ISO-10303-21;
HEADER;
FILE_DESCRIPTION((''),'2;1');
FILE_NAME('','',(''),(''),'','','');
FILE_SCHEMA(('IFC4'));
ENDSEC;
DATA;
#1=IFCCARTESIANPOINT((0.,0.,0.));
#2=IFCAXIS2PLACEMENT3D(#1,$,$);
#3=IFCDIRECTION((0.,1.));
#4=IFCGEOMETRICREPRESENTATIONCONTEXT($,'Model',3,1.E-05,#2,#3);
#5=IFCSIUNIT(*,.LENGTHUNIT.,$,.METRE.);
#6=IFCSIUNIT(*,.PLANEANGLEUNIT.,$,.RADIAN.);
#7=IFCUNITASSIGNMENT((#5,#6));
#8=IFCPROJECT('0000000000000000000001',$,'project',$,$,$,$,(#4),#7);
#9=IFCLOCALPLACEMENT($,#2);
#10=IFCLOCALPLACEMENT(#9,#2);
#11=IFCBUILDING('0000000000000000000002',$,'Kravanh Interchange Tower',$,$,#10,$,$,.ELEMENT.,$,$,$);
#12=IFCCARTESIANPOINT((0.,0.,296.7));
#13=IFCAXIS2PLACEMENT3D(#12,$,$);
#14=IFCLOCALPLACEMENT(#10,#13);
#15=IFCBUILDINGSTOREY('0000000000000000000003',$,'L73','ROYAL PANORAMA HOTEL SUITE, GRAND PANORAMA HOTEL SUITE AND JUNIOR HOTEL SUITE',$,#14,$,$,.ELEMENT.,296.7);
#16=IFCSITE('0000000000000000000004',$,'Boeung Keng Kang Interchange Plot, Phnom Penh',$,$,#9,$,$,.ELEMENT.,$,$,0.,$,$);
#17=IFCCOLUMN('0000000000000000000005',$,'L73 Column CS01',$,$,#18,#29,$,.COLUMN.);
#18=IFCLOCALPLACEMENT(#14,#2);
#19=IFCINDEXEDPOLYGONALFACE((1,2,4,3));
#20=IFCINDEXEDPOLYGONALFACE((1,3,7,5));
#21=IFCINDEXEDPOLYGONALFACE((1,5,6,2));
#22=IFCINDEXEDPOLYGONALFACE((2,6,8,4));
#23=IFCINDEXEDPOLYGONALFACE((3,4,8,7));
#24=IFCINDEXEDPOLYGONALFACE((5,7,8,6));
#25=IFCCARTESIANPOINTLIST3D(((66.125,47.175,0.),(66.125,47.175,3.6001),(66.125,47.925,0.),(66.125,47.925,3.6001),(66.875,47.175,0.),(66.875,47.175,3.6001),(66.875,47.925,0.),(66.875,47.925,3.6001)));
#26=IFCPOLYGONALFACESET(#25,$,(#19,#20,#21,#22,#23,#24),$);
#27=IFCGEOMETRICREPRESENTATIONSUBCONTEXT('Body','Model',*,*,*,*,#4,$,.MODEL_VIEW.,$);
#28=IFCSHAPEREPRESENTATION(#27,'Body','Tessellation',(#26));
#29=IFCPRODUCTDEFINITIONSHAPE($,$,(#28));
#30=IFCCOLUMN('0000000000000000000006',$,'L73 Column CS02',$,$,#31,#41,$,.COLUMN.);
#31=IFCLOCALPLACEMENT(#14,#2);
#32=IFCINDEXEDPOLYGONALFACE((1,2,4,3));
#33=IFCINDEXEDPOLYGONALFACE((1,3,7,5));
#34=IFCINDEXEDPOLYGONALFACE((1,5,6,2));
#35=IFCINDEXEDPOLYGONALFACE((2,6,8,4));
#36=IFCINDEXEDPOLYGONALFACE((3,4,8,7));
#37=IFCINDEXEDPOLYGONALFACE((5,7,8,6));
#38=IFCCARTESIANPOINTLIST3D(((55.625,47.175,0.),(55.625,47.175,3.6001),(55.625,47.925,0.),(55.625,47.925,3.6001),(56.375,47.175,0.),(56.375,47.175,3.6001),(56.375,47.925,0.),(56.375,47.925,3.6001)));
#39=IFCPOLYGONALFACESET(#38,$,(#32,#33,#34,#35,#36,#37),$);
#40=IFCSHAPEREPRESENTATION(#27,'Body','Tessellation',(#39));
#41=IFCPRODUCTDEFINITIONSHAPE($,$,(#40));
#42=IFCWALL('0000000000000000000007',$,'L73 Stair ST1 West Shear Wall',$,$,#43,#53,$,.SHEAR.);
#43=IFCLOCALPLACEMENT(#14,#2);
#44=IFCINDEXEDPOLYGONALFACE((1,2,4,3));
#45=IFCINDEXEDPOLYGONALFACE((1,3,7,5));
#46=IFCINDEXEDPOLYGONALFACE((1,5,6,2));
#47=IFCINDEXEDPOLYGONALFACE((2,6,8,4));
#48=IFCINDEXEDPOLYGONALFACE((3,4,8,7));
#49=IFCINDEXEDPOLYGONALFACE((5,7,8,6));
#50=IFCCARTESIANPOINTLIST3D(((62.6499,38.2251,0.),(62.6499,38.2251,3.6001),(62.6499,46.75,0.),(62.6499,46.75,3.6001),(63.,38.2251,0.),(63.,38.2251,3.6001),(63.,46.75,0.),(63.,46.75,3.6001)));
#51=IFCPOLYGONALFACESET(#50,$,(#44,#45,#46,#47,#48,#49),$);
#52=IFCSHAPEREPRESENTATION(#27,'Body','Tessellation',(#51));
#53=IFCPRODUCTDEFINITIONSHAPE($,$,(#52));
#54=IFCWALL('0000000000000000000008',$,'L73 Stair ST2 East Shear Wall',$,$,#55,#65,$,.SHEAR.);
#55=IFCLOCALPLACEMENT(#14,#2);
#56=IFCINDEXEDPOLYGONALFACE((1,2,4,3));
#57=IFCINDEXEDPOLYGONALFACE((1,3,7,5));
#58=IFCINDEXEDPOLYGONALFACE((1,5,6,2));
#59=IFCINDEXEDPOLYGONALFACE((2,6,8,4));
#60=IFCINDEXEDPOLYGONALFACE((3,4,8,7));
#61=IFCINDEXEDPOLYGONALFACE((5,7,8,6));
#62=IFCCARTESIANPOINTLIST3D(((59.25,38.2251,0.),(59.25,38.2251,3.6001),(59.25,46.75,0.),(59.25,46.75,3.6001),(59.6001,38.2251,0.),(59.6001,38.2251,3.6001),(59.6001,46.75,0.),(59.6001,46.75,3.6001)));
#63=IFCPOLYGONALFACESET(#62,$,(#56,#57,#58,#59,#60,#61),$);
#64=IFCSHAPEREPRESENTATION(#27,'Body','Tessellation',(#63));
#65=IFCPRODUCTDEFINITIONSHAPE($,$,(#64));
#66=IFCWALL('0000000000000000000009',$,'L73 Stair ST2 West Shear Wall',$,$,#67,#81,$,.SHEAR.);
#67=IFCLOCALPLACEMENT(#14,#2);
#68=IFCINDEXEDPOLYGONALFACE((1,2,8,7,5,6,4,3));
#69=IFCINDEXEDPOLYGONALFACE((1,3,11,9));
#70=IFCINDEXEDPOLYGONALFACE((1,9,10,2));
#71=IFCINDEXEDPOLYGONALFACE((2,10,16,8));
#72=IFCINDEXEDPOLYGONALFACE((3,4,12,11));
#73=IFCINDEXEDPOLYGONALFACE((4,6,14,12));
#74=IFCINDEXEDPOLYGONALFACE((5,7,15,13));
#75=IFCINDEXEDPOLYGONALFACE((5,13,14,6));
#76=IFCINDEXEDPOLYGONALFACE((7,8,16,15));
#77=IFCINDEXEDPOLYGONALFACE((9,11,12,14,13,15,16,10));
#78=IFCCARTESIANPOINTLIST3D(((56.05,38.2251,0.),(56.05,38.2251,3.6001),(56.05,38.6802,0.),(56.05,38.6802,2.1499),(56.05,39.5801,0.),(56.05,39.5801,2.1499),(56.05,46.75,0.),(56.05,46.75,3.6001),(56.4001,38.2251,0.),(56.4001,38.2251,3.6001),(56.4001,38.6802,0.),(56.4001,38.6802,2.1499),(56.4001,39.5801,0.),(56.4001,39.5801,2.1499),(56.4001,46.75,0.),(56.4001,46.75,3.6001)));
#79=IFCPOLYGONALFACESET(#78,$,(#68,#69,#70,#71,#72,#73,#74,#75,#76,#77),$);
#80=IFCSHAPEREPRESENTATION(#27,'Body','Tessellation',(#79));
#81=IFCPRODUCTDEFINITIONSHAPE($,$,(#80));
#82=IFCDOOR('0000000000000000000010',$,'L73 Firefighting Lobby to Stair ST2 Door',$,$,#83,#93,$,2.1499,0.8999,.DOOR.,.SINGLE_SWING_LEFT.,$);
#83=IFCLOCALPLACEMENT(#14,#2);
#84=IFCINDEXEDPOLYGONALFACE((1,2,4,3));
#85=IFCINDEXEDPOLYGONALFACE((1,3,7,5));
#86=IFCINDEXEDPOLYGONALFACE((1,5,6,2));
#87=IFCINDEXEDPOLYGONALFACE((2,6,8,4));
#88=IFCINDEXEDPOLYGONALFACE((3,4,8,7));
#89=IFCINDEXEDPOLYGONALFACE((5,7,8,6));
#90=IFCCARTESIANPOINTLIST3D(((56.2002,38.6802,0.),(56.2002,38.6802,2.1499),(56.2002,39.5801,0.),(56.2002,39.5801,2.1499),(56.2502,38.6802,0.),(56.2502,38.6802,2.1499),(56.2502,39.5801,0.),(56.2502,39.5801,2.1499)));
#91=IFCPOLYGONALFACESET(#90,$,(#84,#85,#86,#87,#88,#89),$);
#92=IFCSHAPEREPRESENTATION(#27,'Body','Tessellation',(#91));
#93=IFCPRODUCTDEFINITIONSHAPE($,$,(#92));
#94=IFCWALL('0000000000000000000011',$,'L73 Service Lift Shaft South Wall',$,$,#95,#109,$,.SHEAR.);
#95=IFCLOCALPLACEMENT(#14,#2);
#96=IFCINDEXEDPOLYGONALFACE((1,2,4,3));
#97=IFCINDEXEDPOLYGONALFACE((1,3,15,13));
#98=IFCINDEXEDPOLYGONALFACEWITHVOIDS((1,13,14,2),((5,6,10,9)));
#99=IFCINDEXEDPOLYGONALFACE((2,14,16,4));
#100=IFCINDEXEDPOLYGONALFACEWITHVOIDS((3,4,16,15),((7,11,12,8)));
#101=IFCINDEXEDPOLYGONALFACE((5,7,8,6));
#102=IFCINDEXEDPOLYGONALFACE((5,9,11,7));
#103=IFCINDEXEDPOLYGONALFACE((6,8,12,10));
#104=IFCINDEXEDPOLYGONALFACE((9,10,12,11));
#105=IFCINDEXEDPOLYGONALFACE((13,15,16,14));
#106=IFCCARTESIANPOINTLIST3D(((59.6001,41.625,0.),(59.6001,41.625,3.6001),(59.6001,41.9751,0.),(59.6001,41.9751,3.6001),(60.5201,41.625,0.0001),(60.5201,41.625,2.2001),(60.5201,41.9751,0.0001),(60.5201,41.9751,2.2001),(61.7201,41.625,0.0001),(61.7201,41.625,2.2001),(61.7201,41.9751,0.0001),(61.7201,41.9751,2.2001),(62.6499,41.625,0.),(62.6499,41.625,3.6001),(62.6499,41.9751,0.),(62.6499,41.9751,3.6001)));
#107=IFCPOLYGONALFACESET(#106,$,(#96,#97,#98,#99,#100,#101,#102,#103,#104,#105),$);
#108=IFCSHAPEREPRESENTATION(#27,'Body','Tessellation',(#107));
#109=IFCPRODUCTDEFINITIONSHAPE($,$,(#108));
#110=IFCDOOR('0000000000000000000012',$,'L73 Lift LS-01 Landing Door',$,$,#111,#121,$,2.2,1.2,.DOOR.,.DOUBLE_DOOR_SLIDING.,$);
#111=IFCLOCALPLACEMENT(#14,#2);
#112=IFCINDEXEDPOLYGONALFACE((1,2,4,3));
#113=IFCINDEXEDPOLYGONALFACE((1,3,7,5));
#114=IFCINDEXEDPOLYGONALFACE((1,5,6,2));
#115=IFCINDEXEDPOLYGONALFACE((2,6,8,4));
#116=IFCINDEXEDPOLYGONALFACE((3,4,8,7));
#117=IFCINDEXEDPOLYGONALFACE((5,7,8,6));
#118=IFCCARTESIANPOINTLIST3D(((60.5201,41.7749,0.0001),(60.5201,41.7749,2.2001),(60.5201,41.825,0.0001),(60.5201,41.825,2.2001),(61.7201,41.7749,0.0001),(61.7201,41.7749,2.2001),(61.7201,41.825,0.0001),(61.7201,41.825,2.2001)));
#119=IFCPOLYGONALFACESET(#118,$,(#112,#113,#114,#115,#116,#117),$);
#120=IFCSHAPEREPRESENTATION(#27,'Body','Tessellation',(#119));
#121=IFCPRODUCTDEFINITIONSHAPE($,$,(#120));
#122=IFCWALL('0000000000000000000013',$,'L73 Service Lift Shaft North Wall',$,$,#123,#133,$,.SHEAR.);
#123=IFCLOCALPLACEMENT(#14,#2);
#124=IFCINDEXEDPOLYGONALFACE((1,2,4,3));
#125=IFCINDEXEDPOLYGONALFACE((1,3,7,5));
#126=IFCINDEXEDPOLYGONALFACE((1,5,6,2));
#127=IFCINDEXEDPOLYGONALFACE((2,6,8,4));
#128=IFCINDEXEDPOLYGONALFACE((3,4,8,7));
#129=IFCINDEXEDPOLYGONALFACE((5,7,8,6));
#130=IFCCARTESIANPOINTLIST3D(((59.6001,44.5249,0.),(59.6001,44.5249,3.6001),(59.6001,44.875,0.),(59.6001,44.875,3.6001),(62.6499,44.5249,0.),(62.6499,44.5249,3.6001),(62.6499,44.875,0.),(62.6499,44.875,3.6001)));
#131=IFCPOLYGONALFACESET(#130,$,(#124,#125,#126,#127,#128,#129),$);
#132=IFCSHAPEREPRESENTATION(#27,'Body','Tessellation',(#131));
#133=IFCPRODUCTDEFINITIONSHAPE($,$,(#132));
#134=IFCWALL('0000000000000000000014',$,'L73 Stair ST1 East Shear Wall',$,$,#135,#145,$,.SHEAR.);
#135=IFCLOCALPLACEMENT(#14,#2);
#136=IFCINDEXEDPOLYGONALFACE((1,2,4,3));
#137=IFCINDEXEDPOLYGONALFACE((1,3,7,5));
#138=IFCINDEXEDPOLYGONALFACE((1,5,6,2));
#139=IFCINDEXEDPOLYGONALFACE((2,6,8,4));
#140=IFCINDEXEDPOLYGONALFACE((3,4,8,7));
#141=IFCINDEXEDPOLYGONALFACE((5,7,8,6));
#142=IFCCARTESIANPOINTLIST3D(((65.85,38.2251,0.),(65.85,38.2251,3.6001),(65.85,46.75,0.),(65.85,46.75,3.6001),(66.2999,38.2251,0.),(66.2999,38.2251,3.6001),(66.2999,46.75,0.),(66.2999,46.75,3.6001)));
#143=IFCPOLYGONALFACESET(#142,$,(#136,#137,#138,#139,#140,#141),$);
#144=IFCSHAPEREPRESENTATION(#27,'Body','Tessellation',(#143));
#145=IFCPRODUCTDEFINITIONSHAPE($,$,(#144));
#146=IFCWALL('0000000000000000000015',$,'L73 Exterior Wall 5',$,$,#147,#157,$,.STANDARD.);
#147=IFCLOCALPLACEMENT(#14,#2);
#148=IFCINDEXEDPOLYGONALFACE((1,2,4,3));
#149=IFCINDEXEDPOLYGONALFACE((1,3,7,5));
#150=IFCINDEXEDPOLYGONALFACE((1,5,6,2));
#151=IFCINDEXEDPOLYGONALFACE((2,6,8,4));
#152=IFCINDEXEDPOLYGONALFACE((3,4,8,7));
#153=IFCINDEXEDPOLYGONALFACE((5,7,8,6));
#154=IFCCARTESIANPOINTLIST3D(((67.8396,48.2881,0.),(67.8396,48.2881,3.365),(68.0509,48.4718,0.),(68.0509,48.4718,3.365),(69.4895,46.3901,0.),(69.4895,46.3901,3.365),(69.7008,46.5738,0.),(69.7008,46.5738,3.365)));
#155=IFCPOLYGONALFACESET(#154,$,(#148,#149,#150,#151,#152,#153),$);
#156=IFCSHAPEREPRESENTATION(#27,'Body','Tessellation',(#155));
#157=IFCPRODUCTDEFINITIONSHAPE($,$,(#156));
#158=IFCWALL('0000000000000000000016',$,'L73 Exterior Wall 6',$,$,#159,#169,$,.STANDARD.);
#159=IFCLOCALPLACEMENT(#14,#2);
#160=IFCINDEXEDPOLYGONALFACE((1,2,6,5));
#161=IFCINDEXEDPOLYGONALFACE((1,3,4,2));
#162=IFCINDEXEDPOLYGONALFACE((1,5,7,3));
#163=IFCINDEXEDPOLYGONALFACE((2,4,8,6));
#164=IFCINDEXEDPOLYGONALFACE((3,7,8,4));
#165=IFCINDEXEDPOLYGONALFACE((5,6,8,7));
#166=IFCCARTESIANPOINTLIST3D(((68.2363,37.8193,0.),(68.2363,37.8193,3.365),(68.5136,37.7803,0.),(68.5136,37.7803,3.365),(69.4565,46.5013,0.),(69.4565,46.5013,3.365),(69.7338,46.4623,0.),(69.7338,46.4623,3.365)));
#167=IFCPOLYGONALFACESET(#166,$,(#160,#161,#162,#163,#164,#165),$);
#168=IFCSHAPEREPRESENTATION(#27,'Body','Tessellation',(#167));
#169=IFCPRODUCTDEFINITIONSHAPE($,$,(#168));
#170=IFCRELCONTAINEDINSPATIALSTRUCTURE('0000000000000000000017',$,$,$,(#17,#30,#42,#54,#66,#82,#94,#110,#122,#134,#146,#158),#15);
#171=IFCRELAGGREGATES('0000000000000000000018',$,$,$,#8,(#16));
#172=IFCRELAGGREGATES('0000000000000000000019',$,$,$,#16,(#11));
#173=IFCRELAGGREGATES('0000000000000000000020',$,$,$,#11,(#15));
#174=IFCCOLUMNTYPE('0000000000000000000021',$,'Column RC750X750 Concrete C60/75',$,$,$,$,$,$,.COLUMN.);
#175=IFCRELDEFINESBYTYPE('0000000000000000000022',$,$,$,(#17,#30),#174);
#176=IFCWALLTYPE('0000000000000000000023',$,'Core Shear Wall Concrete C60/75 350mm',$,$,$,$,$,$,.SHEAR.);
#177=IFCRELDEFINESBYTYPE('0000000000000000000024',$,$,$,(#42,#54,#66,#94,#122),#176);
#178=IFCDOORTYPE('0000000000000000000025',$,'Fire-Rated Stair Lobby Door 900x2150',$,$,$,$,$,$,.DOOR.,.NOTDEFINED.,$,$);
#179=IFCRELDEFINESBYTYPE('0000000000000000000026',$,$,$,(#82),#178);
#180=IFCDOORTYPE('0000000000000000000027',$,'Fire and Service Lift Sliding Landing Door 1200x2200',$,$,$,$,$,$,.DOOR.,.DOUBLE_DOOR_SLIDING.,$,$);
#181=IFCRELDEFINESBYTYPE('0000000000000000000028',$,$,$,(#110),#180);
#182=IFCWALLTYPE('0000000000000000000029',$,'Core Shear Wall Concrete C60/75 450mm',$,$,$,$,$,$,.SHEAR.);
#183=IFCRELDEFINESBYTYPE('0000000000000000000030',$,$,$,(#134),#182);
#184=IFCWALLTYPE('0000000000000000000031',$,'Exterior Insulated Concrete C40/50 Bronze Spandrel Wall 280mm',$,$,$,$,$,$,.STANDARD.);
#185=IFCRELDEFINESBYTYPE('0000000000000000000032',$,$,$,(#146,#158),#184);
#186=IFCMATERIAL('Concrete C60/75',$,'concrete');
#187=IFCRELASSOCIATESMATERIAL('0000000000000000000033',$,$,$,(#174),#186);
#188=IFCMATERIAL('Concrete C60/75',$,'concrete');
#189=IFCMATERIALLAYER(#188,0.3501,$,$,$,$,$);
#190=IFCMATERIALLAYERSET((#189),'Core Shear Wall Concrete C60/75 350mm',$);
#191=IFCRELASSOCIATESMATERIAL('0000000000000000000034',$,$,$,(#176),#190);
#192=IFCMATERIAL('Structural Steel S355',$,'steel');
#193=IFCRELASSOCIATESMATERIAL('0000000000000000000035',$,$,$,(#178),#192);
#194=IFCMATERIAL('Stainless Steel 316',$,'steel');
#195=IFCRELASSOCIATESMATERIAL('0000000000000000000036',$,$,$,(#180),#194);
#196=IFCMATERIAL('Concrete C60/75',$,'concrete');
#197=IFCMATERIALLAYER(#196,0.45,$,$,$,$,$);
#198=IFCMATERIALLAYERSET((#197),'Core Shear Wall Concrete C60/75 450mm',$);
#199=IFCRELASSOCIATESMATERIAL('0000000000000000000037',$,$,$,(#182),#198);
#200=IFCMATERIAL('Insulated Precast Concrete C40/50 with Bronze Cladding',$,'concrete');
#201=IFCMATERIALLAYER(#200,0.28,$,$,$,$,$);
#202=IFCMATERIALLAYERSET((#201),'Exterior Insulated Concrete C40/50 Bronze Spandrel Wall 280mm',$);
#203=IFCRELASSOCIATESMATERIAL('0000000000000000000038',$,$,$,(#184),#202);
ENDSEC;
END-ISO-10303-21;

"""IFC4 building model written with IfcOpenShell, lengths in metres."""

from ifc_helpers import new_model, si_unit, direction, frame, frame_2d, origin, origin_2d, place, context, subcontext, project, spatial, rectangle, extrude, material, layer, layer_set, material_profile, profile_set, type_object, element, fill, save


model = new_model("IFC4")

# Units and contexts
model_context = context("Model", 3, precision=1e-05, world=origin(), true_north=direction((0.0, 1.0)))
body_context = subcontext(model_context, "Body", "Model", "MODEL_VIEW")
ifc_project = project(units=[si_unit("LENGTHUNIT", "METRE"), si_unit("PLANEANGLEUNIT", "RADIAN")], contexts=[model_context])

# Site, building, storey
site_placement = place(None, origin())
site = spatial("IfcSite", under=ifc_project, at=site_placement, Name="Boeung Keng Kang Interchange Plot, Phnom Penh", CompositionType="ELEMENT", RefElevation=0.0)
building_placement = place(site_placement, origin())
building = spatial("IfcBuilding", under=site, at=building_placement, Name="Kravanh Interchange Tower", CompositionType="ELEMENT")
storey_placement = place(building_placement, frame((0.0, 0.0, 296.7)))
storey = spatial("IfcBuildingStorey", under=building, at=storey_placement, Name="L73", Description="ROYAL PANORAMA HOTEL SUITE, GRAND PANORAMA HOTEL SUITE AND JUNIOR HOTEL SUITE", CompositionType="ELEMENT", Elevation=296.7)

# Columns
ifc_material_1 = material(Name="Concrete C60/75", Category="concrete")
ifc_material_profile = material_profile(ifc_material_1, rectangle(XDim=0.75, YDim=0.75, at=origin_2d()), Name="RC750X750")
ifc_profile_set = profile_set([ifc_material_profile], Name="Concrete C60/75")
column_type = type_object("IfcColumnType", Name="Column RC750X750 Concrete C60/75", PredefinedType="COLUMN", material=ifc_profile_set)
for number, where, z_axis, x_axis, name in (
    (1, (66.5, 47.55, 0.0), (0.0, 0.0, 1.0), (1.0, 0.0, 0.0), "L73 Column CS01"),
    (2, (56.0, 47.55, 0.0), (0.0, 0.0, 1.0), (1.0, 0.0, 0.0), "L73 Column CS02"),
):
    element("IfcColumn", number, at=place(storey_placement, frame(where, z_axis=z_axis, x_axis=x_axis)), inside=storey, type_object=column_type, Name=name, PredefinedType="COLUMN", context=body_context, shape_type="SweptSolid", body=[
        extrude(rectangle(XDim=0.75, YDim=0.75, at=origin_2d()), origin(), (0.0, 0.0, 1.0), 3.6001),
    ])

# Walls
ifc_material_2 = material(Name="Concrete C60/75", Category="concrete")
ifc_layer_1 = layer(ifc_material_2, 0.3501)
ifc_layer_set_1 = layer_set([ifc_layer_1], Name="Core Shear Wall Concrete C60/75 350mm")
wall_type_1 = type_object("IfcWallType", Name="Core Shear Wall Concrete C60/75 350mm", PredefinedType="SHEAR", material=ifc_layer_set_1)
for number, where, z_axis, x_axis, name in (
    (3, (62.825, 38.2251, 0.0), (0.0, 0.0, 1.0), (0.0, 1.0, 0.0), "L73 Stair ST1 West Shear Wall"),
    (4, (59.425, 38.2251, 0.0), (0.0, 0.0, 1.0), (0.0, 1.0, 0.0), "L73 Stair ST2 East Shear Wall"),
):
    element("IfcWall", number, at=place(storey_placement, frame(where, z_axis=z_axis, x_axis=x_axis)), inside=storey, type_object=wall_type_1, Name=name, PredefinedType="SHEAR", context=body_context, shape_type="SweptSolid", body=[
        extrude(rectangle(XDim=8.5249, YDim=0.3501, at=frame_2d((4.2625, 0.0))), origin(), (0.0, 0.0, 1.0), 3.6001),
    ])

# Walls, openings, doors
wall_1_placement = place(storey_placement, frame((56.2251, 38.2251, 0.0), z_axis=(0.0, 0.0, 1.0), x_axis=(0.0, 1.0, 0.0)))
wall_1 = element("IfcWall", 5, at=wall_1_placement, inside=storey, type_object=wall_type_1, Name="L73 Stair ST2 West Shear Wall", PredefinedType="SHEAR", context=body_context, shape_type="SweptSolid", body=[
    extrude(rectangle(XDim=8.5249, YDim=0.3501, at=frame_2d((4.2625, 0.0))), origin(), (0.0, 0.0, 1.0), 3.6001),
])
opening_1_placement = place(wall_1_placement, frame((0.4551, 0.0, 0.0)))
opening_1 = element("IfcOpeningElement", 6, at=opening_1_placement, cuts=wall_1, PredefinedType="OPENING", context=body_context, shape_type="SweptSolid", body=[
    extrude(rectangle(XDim=0.8999, YDim=2.1499, at=frame_2d((0.45, 1.075))), frame((0.0, 0.1851, 0.0), z_axis=(0.0, -1.0, 0.0), x_axis=(1.0, 0.0, 0.0)), (0.0, 0.0, 1.0), 0.3701),
])
ifc_material_3 = material(Name="Structural Steel S355", Category="steel")
door_type_1 = type_object("IfcDoorType", Name="Fire-Rated Stair Lobby Door 900x2150", OperationType="NOTDEFINED", PredefinedType="DOOR", material=ifc_material_3)
door_1_placement = place(opening_1_placement, origin())
door_1 = element("IfcDoor", 7, at=door_1_placement, inside=storey, type_object=door_type_1, Name="L73 Firefighting Lobby to Stair ST2 Door", OperationType="SINGLE_SWING_LEFT", OverallHeight=2.1499, OverallWidth=0.8999, PredefinedType="DOOR", context=body_context, shape_type="SweptSolid", body=[
    extrude(rectangle(XDim=0.8999, YDim=2.1499, at=frame_2d((0.45, 1.075))), frame((0.0, 0.0249, 0.0), z_axis=(0.0, -1.0, 0.0), x_axis=(1.0, 0.0, 0.0)), (0.0, 0.0, 1.0), 0.05),
])
fill(opening_1, door_1)
wall_2_placement = place(storey_placement, frame((59.6001, 41.8, 0.0), z_axis=(0.0, 0.0, 1.0), x_axis=(1.0, 0.0, 0.0)))
wall_2 = element("IfcWall", 8, at=wall_2_placement, inside=storey, type_object=wall_type_1, Name="L73 Service Lift Shaft South Wall", PredefinedType="SHEAR", context=body_context, shape_type="SweptSolid", body=[
    extrude(rectangle(XDim=3.0498, YDim=0.3501, at=frame_2d((1.5249, 0.0))), origin(), (0.0, 0.0, 1.0), 3.6001),
])
opening_2_placement = place(wall_2_placement, frame((0.9199, 0.0, 0.0)))
opening_2 = element("IfcOpeningElement", 9, at=opening_2_placement, cuts=wall_2, PredefinedType="OPENING", context=body_context, shape_type="SweptSolid", body=[
    extrude(rectangle(XDim=1.2, YDim=2.2, at=frame_2d((0.6001, 1.1001))), frame((0.0, 0.1851, 0.0), z_axis=(0.0, -1.0, 0.0), x_axis=(1.0, 0.0, 0.0)), (0.0, 0.0, 1.0), 0.3701),
])
ifc_material_4 = material(Name="Stainless Steel 316", Category="steel")
door_type_2 = type_object("IfcDoorType", Name="Fire and Service Lift Sliding Landing Door 1200x2200", OperationType="DOUBLE_DOOR_SLIDING", PredefinedType="DOOR", material=ifc_material_4)
door_2_placement = place(opening_2_placement, origin())
door_2 = element("IfcDoor", 10, at=door_2_placement, inside=storey, type_object=door_type_2, Name="L73 Lift LS-01 Landing Door", OperationType="DOUBLE_DOOR_SLIDING", OverallHeight=2.2, OverallWidth=1.2, PredefinedType="DOOR", context=body_context, shape_type="SweptSolid", body=[
    extrude(rectangle(XDim=1.2, YDim=2.2, at=frame_2d((0.6001, 1.1001))), frame((0.0, 0.0249, 0.0), z_axis=(0.0, -1.0, 0.0), x_axis=(1.0, 0.0, 0.0)), (0.0, 0.0, 1.0), 0.05),
])
fill(opening_2, door_2)

# Walls
wall_3_placement = place(storey_placement, frame((59.6001, 44.7, 0.0), z_axis=(0.0, 0.0, 1.0), x_axis=(1.0, 0.0, 0.0)))
element("IfcWall", 11, at=wall_3_placement, inside=storey, type_object=wall_type_1, Name="L73 Service Lift Shaft North Wall", PredefinedType="SHEAR", context=body_context, shape_type="SweptSolid", body=[
    extrude(rectangle(XDim=3.0498, YDim=0.3501, at=frame_2d((1.5249, 0.0))), origin(), (0.0, 0.0, 1.0), 3.6001),
])
ifc_material_5 = material(Name="Concrete C60/75", Category="concrete")
ifc_layer_2 = layer(ifc_material_5, 0.45)
ifc_layer_set_2 = layer_set([ifc_layer_2], Name="Core Shear Wall Concrete C60/75 450mm")
wall_type_2 = type_object("IfcWallType", Name="Core Shear Wall Concrete C60/75 450mm", PredefinedType="SHEAR", material=ifc_layer_set_2)
wall_4_placement = place(storey_placement, frame((66.075, 38.2251, 0.0), z_axis=(0.0, 0.0, 1.0), x_axis=(0.0, 1.0, 0.0)))
element("IfcWall", 12, at=wall_4_placement, inside=storey, type_object=wall_type_2, Name="L73 Stair ST1 East Shear Wall", PredefinedType="SHEAR", context=body_context, shape_type="SweptSolid", body=[
    extrude(rectangle(XDim=8.5249, YDim=0.45, at=frame_2d((4.2625, 0.0))), origin(), (0.0, 0.0, 1.0), 3.6001),
])
ifc_material_6 = material(Name="Insulated Precast Concrete C40/50 with Bronze Cladding", Category="concrete")
ifc_layer_3 = layer(ifc_material_6, 0.28)
ifc_layer_set_3 = layer_set([ifc_layer_3], Name="Exterior Insulated Concrete C40/50 Bronze Spandrel Wall 280mm")
wall_type_3 = type_object("IfcWallType", Name="Exterior Insulated Concrete C40/50 Bronze Spandrel Wall 280mm", PredefinedType="STANDARD", material=ifc_layer_set_3)
wall_5_placement = place(storey_placement, frame((67.9453, 48.3799, 0.0), z_axis=(0.0, 0.0, 1.0), x_axis=(0.656068, -0.754702, 0.0)))
element("IfcWall", 13, at=wall_5_placement, inside=storey, type_object=wall_type_3, Name="L73 Exterior Wall 5", PredefinedType="STANDARD", context=body_context, shape_type="SweptSolid", body=[
    extrude(rectangle(XDim=2.5149, YDim=0.28, at=frame_2d((1.2573, 0.0))), origin(), (0.0, 0.0, 1.0), 3.365),
])
wall_6_placement = place(storey_placement, frame((69.5952, 46.4819, 0.0), z_axis=(0.0, 0.0, 1.0), x_axis=(-0.139179, -0.990267, 0.0)))
element("IfcWall", 14, at=wall_6_placement, inside=storey, type_object=wall_type_3, Name="L73 Exterior Wall 6", PredefinedType="STANDARD", context=body_context, shape_type="SweptSolid", body=[
    extrude(rectangle(XDim=8.7673, YDim=0.28, at=frame_2d((4.3838, 0.0))), origin(), (0.0, 0.0, 1.0), 3.365),
])

save(model, "model.ifc")
